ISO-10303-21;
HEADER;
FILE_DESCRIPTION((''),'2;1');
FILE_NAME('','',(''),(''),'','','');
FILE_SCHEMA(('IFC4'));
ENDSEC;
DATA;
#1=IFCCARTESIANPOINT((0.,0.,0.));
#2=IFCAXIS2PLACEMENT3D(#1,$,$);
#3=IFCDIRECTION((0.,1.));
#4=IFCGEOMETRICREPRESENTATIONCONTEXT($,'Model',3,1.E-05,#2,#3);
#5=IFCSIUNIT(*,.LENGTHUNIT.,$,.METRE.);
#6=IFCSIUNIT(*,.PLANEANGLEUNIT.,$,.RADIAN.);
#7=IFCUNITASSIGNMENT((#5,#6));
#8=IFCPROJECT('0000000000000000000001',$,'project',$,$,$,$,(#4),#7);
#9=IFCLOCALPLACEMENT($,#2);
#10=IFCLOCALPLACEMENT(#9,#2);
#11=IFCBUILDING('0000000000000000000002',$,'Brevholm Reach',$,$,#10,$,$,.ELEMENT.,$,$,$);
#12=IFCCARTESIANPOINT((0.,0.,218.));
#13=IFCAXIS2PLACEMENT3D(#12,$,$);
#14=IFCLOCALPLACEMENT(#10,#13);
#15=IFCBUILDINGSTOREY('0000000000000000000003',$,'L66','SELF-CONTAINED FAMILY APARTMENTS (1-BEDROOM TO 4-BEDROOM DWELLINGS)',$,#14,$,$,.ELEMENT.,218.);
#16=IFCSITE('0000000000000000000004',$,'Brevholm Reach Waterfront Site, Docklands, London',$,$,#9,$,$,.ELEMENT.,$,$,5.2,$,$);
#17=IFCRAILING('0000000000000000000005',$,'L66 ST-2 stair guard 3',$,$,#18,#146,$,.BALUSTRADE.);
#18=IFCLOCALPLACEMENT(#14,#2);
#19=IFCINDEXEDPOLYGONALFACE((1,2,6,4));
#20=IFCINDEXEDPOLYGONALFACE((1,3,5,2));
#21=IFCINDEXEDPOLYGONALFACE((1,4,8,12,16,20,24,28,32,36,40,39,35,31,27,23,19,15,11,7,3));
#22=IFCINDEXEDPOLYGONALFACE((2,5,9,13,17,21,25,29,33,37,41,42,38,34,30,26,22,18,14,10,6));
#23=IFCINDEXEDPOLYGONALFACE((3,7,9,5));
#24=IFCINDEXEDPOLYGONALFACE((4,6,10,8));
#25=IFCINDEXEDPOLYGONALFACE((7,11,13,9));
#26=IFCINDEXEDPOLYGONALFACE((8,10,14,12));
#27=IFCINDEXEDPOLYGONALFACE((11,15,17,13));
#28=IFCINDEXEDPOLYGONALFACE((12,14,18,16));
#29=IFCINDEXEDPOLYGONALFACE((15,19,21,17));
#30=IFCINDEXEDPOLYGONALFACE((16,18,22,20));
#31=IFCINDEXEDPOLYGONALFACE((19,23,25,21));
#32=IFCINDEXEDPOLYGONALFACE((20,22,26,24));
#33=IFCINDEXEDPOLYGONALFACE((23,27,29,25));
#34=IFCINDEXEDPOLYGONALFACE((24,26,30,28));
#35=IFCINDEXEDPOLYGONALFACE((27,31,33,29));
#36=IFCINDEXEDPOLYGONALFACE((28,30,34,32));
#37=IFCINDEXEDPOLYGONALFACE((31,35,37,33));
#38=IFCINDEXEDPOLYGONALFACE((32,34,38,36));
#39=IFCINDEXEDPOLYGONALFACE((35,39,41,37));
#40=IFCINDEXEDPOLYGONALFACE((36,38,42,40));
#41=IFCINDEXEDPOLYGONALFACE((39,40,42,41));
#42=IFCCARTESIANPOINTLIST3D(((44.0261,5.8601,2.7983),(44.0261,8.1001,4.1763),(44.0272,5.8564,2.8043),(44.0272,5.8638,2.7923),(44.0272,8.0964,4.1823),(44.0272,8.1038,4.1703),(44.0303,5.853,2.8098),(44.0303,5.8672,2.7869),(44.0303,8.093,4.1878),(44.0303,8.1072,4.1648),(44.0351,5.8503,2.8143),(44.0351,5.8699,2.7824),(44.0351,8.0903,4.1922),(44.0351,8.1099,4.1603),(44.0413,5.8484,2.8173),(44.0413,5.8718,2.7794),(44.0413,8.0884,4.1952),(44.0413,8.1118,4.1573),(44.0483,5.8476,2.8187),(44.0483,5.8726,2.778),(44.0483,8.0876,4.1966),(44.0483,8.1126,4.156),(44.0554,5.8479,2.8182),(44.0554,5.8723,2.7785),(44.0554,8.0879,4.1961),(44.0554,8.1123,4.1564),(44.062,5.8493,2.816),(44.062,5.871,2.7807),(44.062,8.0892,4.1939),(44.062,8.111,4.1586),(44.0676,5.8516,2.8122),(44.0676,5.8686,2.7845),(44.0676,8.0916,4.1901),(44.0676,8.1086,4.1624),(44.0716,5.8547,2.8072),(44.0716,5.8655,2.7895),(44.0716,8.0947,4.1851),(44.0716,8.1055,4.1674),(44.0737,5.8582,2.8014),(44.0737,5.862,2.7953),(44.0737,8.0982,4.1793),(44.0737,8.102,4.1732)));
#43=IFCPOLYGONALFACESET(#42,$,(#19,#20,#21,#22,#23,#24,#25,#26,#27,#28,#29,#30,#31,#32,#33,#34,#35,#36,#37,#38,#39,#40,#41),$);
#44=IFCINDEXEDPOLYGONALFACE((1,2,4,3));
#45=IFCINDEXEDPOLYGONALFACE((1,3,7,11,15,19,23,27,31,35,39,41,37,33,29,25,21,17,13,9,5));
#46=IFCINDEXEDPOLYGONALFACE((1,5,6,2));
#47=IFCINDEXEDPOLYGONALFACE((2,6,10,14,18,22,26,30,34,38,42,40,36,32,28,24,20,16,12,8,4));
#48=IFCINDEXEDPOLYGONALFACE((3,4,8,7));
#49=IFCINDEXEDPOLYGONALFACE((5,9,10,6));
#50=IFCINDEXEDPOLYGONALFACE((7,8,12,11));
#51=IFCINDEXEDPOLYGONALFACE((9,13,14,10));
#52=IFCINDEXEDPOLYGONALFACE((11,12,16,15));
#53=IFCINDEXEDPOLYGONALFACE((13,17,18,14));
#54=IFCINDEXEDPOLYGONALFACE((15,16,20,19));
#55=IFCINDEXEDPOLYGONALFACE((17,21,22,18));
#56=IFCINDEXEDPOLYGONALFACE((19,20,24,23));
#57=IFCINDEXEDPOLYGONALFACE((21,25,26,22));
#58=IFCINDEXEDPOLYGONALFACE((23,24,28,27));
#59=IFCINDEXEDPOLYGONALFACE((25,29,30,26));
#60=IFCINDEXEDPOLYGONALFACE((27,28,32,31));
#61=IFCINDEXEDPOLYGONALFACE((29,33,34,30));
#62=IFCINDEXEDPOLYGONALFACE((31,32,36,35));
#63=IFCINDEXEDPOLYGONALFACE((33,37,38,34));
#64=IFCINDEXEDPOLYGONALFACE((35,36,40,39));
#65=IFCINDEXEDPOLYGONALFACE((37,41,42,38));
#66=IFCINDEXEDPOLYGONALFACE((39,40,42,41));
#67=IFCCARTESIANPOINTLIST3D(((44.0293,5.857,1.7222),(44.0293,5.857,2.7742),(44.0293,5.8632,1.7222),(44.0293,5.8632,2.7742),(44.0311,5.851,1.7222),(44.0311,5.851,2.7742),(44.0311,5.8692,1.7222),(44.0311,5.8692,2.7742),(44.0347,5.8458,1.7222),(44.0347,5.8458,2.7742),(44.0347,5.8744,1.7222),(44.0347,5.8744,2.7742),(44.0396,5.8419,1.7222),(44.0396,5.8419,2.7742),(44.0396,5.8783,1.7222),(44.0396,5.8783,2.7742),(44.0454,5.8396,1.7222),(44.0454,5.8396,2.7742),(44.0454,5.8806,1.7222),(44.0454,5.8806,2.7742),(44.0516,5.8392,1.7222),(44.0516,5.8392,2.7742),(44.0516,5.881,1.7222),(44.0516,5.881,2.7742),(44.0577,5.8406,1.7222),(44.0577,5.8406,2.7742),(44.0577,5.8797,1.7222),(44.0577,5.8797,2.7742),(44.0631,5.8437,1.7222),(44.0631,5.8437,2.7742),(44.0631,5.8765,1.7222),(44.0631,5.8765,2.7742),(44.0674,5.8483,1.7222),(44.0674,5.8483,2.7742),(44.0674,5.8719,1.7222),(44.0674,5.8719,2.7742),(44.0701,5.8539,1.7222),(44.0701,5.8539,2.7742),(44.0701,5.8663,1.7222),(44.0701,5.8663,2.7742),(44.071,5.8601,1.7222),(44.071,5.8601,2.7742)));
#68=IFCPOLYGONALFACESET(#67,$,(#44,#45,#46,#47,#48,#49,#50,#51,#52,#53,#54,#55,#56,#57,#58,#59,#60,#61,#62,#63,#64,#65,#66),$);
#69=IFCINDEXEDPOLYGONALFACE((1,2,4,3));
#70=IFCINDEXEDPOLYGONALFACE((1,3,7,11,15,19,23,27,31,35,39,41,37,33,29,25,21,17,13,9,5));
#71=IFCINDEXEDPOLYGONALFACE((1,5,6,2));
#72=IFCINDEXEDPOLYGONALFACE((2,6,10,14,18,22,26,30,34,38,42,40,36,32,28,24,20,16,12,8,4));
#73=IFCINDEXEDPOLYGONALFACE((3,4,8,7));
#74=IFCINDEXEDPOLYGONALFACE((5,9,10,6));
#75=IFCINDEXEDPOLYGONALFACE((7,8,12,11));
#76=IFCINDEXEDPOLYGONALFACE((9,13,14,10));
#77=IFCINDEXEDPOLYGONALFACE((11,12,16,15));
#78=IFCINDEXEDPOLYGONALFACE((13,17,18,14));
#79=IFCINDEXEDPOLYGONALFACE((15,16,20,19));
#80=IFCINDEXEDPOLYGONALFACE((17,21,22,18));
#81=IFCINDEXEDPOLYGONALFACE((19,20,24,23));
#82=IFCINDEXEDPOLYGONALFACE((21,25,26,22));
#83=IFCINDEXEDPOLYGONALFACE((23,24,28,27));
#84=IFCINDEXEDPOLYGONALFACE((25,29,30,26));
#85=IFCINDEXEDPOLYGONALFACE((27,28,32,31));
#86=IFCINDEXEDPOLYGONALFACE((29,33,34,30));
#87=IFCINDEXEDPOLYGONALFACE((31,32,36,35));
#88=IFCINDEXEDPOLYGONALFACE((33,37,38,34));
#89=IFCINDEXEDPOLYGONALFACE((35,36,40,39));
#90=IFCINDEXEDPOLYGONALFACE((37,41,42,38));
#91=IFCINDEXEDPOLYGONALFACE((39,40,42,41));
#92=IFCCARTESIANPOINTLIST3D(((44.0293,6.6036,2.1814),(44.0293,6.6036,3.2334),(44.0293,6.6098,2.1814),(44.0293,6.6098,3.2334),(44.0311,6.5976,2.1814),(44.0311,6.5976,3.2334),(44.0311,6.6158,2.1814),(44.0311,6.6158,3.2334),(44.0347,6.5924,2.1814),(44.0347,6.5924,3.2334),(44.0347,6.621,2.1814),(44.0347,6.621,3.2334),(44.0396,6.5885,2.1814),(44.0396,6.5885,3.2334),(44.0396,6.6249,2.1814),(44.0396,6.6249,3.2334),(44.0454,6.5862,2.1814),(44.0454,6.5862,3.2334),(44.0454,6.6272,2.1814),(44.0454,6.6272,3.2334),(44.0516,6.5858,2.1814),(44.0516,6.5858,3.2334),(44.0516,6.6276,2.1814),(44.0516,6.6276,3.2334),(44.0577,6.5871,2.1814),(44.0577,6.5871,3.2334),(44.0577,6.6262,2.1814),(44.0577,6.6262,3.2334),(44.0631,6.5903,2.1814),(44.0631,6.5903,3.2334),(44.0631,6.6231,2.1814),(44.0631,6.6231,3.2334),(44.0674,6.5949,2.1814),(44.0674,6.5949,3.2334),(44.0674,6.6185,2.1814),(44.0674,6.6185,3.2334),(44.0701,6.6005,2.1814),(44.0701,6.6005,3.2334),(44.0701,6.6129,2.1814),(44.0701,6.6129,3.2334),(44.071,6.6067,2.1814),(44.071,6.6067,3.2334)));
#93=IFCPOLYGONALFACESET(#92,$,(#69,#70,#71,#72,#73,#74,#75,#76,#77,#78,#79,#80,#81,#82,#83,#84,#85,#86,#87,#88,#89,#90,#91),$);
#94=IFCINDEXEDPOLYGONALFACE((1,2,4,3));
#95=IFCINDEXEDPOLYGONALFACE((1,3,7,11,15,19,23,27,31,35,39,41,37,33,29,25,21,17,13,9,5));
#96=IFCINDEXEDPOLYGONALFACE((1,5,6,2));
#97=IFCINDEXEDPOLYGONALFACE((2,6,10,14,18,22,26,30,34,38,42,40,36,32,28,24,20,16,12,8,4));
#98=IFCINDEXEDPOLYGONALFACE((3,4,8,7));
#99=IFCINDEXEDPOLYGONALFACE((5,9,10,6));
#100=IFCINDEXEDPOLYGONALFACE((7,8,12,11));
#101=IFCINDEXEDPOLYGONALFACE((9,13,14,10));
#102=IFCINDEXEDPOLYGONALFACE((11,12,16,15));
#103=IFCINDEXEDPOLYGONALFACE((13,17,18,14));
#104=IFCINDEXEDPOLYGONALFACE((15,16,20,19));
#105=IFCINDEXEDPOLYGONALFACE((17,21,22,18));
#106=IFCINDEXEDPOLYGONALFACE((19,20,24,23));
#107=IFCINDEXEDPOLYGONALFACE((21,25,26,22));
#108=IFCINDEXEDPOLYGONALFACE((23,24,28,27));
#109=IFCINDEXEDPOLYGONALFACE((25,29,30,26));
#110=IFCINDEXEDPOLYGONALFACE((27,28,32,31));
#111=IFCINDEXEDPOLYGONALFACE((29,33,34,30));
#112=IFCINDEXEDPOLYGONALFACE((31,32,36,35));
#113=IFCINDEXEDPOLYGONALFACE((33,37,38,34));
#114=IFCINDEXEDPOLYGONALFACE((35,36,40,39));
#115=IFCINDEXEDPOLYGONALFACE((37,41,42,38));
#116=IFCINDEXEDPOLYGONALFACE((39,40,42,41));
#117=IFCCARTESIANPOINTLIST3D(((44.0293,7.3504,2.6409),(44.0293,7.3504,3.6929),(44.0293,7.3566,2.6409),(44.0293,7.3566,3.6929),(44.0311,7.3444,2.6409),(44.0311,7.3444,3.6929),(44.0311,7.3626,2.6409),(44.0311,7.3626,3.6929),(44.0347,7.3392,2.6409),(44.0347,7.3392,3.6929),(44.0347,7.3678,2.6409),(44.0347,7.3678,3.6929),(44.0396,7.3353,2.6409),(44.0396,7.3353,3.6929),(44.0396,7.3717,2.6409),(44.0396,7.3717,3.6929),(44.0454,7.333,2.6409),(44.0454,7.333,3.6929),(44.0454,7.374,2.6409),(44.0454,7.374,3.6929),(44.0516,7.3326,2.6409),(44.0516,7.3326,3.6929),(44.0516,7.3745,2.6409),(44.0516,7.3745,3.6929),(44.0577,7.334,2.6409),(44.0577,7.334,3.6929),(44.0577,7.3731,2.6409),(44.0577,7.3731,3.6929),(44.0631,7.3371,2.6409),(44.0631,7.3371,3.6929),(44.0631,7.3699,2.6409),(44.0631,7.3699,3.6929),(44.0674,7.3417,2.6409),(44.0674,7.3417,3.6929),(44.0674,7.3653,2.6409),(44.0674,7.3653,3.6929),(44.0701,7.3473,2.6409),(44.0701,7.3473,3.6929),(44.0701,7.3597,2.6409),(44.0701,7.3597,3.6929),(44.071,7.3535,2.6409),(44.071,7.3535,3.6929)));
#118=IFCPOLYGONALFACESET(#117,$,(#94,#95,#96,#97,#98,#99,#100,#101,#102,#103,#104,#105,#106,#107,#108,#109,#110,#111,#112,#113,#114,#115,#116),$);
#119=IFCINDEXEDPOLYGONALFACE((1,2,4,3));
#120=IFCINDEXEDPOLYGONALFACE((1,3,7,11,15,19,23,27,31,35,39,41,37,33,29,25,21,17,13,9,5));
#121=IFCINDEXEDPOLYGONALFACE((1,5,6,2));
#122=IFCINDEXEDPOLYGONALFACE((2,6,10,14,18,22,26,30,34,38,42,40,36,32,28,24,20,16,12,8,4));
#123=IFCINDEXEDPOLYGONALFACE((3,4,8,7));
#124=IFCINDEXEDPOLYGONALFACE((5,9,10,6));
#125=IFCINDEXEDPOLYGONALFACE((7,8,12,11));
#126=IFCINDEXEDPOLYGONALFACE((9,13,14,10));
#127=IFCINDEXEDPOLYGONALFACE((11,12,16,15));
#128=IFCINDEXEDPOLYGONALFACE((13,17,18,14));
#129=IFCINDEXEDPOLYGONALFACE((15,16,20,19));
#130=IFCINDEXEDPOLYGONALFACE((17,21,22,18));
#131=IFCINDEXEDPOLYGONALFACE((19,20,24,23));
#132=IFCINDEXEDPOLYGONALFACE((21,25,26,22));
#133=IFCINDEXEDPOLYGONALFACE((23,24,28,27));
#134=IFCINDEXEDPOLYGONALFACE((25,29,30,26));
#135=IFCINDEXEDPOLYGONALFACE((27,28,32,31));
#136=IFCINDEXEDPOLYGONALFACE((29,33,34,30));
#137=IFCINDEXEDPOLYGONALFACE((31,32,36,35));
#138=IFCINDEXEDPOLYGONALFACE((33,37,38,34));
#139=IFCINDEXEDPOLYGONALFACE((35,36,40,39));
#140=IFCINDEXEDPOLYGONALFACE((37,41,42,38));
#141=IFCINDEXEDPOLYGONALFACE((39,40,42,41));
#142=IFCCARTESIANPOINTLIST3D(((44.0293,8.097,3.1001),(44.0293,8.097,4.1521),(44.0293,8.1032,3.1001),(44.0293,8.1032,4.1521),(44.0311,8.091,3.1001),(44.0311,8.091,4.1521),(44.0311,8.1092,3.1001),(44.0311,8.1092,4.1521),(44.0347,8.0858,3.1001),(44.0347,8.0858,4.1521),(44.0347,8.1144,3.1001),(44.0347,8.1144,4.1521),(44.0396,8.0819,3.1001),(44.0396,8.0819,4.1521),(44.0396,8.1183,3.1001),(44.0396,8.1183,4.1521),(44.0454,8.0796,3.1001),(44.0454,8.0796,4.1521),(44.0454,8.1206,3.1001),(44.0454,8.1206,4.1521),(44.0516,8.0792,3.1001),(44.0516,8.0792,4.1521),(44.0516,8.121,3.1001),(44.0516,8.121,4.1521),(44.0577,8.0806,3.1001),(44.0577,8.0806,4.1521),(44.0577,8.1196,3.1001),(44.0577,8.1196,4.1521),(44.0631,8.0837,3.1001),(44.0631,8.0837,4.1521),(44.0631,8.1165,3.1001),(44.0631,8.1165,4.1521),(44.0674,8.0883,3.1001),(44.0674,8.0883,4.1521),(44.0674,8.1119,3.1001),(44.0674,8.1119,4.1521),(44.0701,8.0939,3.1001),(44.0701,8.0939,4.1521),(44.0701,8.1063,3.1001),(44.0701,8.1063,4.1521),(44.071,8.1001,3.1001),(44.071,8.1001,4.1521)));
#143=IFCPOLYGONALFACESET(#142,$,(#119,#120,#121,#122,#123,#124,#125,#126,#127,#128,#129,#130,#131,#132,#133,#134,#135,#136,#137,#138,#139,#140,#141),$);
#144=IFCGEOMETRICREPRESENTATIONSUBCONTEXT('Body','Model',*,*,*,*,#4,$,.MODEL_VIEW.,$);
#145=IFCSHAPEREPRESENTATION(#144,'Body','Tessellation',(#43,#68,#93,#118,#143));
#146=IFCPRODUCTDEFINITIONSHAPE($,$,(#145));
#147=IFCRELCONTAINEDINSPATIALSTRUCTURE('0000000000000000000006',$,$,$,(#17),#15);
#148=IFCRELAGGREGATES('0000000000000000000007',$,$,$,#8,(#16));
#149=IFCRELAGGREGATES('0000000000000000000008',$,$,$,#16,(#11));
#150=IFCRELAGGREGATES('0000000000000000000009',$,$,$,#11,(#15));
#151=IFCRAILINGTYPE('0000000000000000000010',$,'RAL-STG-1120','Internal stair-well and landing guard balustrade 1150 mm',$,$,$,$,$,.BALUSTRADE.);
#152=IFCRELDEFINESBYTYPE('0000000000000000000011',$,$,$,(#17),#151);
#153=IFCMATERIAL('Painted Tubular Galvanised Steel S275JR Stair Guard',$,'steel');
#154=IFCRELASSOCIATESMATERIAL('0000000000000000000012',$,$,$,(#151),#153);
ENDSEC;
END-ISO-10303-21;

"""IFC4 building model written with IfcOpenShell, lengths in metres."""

from ifc_helpers import new_model, si_unit, direction, frame, origin, origin_2d, place, context, subcontext, project, spatial, circle, extrude, material, type_object, element, save


model = new_model("IFC4")

# Units and contexts
model_context = context("Model", 3, precision=1e-05, world=origin(), true_north=direction((0.0, 1.0)))
body_context = subcontext(model_context, "Body", "Model", "MODEL_VIEW")
ifc_project = project(units=[si_unit("LENGTHUNIT", "METRE"), si_unit("PLANEANGLEUNIT", "RADIAN")], contexts=[model_context])

# Site, building, storey
site_placement = place(None, origin())
site = spatial("IfcSite", under=ifc_project, at=site_placement, Name="Brevholm Reach Waterfront Site, Docklands, London", CompositionType="ELEMENT", RefElevation=5.2)
building_placement = place(site_placement, origin())
building = spatial("IfcBuilding", under=site, at=building_placement, Name="Brevholm Reach", CompositionType="ELEMENT")
storey_placement = place(building_placement, frame((0.0, 0.0, 218.0)))
storey = spatial("IfcBuildingStorey", under=building, at=storey_placement, Name="L66", Description="SELF-CONTAINED FAMILY APARTMENTS (1-BEDROOM TO 4-BEDROOM DWELLINGS)", CompositionType="ELEMENT", Elevation=218.0)

# Railing
ifc_material_1 = material(Name="Painted Tubular Galvanised Steel S275JR Stair Guard", Category="steel")
railing_type_1 = type_object("IfcRailingType", Name="RAL-STG-1120", Description="Internal stair-well and landing guard balustrade 1150 mm", PredefinedType="BALUSTRADE", material=ifc_material_1)
railing_1_placement = place(storey_placement, frame((44.05, 5.8601, 1.7222)))
element("IfcRailing", 1, at=railing_1_placement, inside=storey, type_object=railing_type_1, Name="L66 ST-2 stair guard 3", PredefinedType="BALUSTRADE", context=body_context, shape_type="SweptSolid", body=[
    extrude(circle(Radius=0.0239, at=origin_2d()), frame((0.0, 0.0, 1.0762), z_axis=(0.0, 0.851748, 0.523952), x_axis=(-1.0, 0.0, 0.0)), (0.0, 0.0, 1.0), 2.6299),
    extrude(circle(Radius=0.021, at=origin_2d()), origin(), (0.0, 0.0, 1.0), 1.052),
    extrude(circle(Radius=0.021, at=origin_2d()), frame((0.0, 0.7466, 0.4592)), (0.0, 0.0, 1.0), 1.052),
    extrude(circle(Radius=0.021, at=origin_2d()), frame((0.0, 1.4934, 0.9187)), (0.0, 0.0, 1.0), 1.052),
    extrude(circle(Radius=0.021, at=origin_2d()), frame((0.0, 2.24, 1.3779)), (0.0, 0.0, 1.0), 1.052),
])

save(model, "model.ifc")
